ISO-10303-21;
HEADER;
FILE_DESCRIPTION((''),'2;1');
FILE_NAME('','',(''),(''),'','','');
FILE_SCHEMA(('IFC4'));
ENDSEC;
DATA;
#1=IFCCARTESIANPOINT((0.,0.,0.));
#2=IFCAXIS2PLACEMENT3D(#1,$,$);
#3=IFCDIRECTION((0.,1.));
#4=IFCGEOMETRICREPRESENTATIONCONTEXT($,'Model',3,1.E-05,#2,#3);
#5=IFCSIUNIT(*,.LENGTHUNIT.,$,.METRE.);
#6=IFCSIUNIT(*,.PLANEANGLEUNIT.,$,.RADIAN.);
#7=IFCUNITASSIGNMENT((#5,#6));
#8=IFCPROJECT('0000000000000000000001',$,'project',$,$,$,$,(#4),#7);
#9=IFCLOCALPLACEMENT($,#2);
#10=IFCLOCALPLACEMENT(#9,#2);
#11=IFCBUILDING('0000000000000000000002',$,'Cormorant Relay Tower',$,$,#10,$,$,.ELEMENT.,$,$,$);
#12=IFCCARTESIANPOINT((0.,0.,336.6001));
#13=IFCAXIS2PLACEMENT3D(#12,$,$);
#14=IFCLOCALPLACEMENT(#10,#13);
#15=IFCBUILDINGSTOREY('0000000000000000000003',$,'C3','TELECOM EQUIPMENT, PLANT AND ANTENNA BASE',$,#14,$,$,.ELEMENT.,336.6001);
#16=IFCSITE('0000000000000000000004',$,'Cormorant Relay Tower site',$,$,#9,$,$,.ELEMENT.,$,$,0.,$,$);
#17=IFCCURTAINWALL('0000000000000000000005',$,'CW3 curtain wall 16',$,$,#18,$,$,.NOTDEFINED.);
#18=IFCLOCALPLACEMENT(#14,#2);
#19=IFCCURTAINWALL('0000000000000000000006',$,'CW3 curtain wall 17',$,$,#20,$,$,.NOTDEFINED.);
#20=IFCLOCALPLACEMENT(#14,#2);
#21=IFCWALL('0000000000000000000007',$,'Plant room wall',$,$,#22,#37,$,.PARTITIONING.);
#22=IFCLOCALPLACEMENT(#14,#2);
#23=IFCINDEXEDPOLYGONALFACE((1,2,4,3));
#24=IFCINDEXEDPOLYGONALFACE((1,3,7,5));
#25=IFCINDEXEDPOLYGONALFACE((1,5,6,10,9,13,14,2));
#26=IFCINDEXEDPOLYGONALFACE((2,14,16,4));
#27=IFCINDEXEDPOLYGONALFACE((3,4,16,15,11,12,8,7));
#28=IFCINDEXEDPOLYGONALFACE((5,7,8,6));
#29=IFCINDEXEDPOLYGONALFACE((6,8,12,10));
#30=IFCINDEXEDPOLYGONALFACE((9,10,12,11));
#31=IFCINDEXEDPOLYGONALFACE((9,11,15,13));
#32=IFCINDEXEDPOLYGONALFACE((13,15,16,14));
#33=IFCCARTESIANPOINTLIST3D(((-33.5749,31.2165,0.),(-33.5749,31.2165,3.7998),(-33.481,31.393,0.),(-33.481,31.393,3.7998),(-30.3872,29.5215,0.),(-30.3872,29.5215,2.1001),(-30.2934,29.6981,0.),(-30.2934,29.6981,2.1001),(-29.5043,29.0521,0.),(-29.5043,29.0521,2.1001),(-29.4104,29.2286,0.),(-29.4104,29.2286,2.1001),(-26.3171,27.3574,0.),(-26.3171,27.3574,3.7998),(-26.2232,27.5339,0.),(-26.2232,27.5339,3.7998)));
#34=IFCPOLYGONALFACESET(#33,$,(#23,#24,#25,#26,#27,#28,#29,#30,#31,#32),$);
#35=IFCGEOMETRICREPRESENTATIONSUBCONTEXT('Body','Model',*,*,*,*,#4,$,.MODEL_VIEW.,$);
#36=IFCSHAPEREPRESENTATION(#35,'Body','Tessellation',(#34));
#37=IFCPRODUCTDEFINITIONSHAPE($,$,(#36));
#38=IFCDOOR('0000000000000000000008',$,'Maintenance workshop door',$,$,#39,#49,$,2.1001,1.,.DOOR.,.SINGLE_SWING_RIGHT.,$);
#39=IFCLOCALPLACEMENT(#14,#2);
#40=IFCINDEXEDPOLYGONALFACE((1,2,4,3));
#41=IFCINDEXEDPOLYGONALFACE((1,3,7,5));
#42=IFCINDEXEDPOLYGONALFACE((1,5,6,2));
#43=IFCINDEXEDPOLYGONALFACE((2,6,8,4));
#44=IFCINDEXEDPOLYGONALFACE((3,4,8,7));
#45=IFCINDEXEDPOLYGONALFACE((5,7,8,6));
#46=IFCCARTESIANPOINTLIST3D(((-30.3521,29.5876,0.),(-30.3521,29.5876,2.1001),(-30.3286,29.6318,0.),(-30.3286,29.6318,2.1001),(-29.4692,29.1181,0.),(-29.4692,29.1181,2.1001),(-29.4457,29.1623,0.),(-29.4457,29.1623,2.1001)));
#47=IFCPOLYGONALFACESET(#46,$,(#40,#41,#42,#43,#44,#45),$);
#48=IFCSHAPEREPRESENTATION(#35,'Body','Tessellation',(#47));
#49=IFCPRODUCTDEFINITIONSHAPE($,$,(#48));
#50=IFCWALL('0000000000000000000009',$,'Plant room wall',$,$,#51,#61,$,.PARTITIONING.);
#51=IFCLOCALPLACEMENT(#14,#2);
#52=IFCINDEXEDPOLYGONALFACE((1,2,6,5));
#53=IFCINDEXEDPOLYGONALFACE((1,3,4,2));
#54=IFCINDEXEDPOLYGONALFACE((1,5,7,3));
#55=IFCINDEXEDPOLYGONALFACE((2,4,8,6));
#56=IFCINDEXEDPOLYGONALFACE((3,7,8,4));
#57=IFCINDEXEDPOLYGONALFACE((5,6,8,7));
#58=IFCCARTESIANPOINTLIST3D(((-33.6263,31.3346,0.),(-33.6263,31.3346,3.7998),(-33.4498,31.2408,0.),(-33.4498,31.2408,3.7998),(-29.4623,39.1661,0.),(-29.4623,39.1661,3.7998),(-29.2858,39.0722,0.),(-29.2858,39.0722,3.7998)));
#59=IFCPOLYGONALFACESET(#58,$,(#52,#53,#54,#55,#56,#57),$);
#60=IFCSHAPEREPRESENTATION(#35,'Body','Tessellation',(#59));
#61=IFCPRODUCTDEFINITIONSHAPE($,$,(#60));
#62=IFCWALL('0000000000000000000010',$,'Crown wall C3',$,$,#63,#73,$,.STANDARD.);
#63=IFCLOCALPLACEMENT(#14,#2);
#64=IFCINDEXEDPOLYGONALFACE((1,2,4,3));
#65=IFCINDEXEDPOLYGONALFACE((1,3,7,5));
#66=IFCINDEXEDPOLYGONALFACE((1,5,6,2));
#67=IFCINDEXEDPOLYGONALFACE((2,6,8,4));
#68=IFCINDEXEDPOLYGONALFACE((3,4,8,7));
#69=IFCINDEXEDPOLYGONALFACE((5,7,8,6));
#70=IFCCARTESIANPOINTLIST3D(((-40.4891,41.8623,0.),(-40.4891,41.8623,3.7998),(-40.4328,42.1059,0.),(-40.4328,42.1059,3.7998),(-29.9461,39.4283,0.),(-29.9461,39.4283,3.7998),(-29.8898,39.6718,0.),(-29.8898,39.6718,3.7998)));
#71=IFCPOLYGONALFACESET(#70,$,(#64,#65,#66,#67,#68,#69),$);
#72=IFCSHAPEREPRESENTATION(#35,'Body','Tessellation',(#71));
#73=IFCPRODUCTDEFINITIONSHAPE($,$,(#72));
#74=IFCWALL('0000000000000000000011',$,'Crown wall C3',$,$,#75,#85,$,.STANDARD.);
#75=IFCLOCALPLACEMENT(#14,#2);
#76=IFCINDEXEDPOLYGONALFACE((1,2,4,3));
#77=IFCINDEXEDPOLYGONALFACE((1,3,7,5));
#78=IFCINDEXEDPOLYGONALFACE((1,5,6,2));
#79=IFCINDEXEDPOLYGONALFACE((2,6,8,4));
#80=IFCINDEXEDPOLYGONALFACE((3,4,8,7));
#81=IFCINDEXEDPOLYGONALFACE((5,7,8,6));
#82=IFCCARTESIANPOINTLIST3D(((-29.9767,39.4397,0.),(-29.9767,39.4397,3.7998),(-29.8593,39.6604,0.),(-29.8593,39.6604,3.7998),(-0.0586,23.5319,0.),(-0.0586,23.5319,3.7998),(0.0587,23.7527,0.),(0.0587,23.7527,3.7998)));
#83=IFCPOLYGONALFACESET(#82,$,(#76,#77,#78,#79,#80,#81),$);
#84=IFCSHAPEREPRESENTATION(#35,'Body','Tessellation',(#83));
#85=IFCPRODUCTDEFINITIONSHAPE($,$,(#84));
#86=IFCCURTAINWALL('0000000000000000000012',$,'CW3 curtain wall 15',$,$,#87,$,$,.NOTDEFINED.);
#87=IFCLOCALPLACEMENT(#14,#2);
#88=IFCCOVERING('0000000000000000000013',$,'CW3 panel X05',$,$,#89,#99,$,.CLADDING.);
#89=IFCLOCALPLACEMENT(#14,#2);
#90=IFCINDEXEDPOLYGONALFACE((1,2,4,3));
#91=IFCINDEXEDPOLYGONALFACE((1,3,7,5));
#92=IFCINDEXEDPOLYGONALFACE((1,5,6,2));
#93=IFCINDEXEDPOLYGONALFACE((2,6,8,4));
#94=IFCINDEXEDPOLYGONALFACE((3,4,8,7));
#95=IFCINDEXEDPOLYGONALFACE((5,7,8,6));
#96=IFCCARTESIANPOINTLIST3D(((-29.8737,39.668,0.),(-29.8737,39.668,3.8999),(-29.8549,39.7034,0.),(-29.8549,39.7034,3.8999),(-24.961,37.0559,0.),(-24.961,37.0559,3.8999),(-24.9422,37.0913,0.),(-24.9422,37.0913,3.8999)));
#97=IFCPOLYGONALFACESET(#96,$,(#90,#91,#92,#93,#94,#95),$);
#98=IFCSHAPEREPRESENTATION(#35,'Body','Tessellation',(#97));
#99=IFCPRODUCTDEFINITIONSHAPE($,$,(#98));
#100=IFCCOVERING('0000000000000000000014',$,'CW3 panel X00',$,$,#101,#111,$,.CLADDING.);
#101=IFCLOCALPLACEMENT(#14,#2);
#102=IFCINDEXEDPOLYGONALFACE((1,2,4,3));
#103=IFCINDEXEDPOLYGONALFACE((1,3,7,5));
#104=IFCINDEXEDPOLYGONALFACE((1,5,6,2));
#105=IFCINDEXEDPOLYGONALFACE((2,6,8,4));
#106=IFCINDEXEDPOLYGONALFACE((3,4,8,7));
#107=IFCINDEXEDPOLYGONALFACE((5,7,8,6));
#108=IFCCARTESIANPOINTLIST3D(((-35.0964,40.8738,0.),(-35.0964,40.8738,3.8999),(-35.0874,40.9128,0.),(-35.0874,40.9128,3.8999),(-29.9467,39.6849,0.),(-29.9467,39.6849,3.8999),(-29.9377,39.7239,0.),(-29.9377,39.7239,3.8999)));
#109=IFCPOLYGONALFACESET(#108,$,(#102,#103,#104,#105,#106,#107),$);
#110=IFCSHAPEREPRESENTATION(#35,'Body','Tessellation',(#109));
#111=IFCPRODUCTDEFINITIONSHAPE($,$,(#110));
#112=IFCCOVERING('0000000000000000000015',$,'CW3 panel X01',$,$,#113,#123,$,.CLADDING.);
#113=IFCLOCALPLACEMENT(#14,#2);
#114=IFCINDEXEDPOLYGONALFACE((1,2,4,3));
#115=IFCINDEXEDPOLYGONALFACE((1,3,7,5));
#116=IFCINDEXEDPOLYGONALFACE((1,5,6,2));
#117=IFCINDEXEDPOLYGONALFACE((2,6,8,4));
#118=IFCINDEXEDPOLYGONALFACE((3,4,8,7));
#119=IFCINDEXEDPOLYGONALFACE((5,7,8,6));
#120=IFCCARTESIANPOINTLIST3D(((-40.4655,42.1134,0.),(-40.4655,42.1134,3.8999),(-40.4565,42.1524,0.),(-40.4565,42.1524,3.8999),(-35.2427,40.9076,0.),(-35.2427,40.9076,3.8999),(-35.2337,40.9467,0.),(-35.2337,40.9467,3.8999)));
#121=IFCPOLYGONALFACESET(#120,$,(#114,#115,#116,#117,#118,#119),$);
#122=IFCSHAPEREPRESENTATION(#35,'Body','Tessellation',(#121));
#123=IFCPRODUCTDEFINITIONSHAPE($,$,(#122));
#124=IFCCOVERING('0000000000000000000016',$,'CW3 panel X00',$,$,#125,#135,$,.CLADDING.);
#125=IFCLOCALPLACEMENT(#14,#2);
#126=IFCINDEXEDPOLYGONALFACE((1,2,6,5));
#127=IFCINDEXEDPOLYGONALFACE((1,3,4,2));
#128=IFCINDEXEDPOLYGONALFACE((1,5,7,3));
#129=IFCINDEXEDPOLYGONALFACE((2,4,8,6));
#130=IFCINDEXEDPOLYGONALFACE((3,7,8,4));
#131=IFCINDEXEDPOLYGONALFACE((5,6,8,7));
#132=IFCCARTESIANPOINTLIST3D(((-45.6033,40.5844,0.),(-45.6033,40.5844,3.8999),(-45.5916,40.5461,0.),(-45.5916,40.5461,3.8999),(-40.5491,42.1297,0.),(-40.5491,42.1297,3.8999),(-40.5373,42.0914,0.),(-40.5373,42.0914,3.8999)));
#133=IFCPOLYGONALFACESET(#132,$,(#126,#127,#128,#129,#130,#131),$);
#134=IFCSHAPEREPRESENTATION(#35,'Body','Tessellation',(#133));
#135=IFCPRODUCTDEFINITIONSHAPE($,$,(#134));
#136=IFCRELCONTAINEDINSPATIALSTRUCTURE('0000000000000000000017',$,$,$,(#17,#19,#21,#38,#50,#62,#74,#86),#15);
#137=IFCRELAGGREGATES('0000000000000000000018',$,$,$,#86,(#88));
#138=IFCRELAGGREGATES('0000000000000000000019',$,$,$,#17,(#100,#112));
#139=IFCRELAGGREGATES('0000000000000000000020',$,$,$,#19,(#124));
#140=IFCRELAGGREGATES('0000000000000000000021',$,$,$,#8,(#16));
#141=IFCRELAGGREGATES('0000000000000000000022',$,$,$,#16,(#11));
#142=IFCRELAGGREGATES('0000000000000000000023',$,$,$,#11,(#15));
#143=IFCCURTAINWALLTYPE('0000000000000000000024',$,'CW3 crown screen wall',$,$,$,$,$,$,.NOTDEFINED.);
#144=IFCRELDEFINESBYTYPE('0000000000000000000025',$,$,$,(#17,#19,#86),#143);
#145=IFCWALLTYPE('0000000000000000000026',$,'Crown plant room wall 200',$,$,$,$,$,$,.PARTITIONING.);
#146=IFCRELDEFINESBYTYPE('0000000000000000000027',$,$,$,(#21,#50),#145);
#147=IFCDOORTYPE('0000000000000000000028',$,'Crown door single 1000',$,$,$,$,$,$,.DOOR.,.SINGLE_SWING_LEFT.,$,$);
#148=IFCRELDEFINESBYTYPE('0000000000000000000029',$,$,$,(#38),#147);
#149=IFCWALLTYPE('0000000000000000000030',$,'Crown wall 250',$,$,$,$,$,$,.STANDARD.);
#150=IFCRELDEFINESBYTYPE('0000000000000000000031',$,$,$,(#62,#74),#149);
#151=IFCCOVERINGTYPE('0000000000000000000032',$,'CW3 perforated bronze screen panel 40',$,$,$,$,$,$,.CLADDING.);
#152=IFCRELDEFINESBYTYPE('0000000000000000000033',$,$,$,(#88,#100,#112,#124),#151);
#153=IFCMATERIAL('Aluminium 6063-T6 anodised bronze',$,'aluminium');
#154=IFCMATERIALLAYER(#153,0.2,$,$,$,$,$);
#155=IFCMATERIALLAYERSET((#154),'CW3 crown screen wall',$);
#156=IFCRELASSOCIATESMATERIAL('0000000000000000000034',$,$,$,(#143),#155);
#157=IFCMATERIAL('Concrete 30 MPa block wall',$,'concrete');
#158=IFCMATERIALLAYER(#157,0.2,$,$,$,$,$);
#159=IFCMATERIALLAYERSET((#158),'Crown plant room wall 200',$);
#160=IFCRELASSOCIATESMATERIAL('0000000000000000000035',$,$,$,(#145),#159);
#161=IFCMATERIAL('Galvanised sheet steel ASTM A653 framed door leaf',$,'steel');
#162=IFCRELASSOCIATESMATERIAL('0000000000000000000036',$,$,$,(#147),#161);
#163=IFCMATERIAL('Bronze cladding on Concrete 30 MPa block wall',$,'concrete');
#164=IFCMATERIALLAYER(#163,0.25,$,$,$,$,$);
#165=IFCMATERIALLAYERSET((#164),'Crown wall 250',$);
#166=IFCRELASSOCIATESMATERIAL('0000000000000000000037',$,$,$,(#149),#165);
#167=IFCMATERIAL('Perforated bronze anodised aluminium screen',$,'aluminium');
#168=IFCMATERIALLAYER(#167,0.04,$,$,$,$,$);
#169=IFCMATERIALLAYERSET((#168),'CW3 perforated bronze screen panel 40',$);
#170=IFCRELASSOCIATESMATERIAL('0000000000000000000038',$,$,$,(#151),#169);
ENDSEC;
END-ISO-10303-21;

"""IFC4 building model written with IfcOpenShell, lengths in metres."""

from ifc_helpers import new_model, si_unit, direction, frame, frame_2d, origin, origin_2d, place, context, subcontext, project, spatial, rectangle, extrude, material, layer, layer_set, type_object, element, fill, aggregate, save


model = new_model("IFC4")

# Units and contexts
model_context = context("Model", 3, precision=1e-05, world=origin(), true_north=direction((0.0, 1.0)))
body_context = subcontext(model_context, "Body", "Model", "MODEL_VIEW")
ifc_project = project(units=[si_unit("LENGTHUNIT", "METRE"), si_unit("PLANEANGLEUNIT", "RADIAN")], contexts=[model_context])

# Site, building, storey
site_placement = place(None, origin())
site = spatial("IfcSite", under=ifc_project, at=site_placement, Name="Cormorant Relay Tower site", CompositionType="ELEMENT", RefElevation=0.0)
building_placement = place(site_placement, origin())
building = spatial("IfcBuilding", under=site, at=building_placement, Name="Cormorant Relay Tower", CompositionType="ELEMENT")
storey_placement = place(building_placement, frame((0.0, 0.0, 336.6001)))
storey = spatial("IfcBuildingStorey", under=building, at=storey_placement, Name="C3", Description="TELECOM EQUIPMENT, PLANT AND ANTENNA BASE", CompositionType="ELEMENT", Elevation=336.6001)

# Curtain walls
ifc_material_1 = material(Name="Aluminium 6063-T6 anodised bronze", Category="aluminium")
ifc_layer_1 = layer(ifc_material_1, 0.2)
ifc_layer_set_1 = layer_set([ifc_layer_1], Name="CW3 crown screen wall")
curtain_wall_type = type_object("IfcCurtainWallType", Name="CW3 crown screen wall", PredefinedType="NOTDEFINED", material=ifc_layer_set_1)
curtain_wall_1_placement = place(storey_placement, origin())
curtain_wall_1 = element("IfcCurtainWall", 1, at=curtain_wall_1_placement, inside=storey, type_object=curtain_wall_type, Name="CW3 curtain wall 16", PredefinedType="NOTDEFINED")
curtain_wall_2_placement = place(storey_placement, origin())
curtain_wall_2 = element("IfcCurtainWall", 2, at=curtain_wall_2_placement, inside=storey, type_object=curtain_wall_type, Name="CW3 curtain wall 17", PredefinedType="NOTDEFINED")

# Shared definitions
ifc_material_2 = material(Name="Concrete 30 MPa block wall", Category="concrete")
ifc_layer_2 = layer(ifc_material_2, 0.2)
ifc_layer_set_2 = layer_set([ifc_layer_2], Name="Crown plant room wall 200")
wall_type_1 = type_object("IfcWallType", Name="Crown plant room wall 200", PredefinedType="PARTITIONING", material=ifc_layer_set_2)

# Wall, opening, door
wall_1_placement = place(storey_placement, frame((-33.5278, 31.3047, 0.0), z_axis=(0.0, 0.0, 1.0), x_axis=(0.882943, -0.469479, 0.0)))
wall_1 = element("IfcWall", 3, at=wall_1_placement, inside=storey, type_object=wall_type_1, Name="Plant room wall", PredefinedType="PARTITIONING", context=body_context, shape_type="SweptSolid", body=[
    extrude(rectangle(XDim=8.22, YDim=0.2, at=frame_2d((4.1099, 0.0))), origin(), (0.0, 0.0, 1.0), 3.7998),
])
opening_placement = place(wall_1_placement, frame((3.6101, 0.0, 0.0)))
opening = element("IfcOpeningElement", 4, at=opening_placement, cuts=wall_1, PredefinedType="OPENING", context=body_context, shape_type="SweptSolid", body=[
    extrude(rectangle(XDim=1.0, YDim=2.1001, at=frame_2d((0.5, 1.05))), frame((0.0, 0.1099, 0.0), z_axis=(0.0, -1.0, 0.0), x_axis=(1.0, 0.0, 0.0)), (0.0, 0.0, 1.0), 0.22),
])
ifc_material_3 = material(Name="Galvanised sheet steel ASTM A653 framed door leaf", Category="steel")
door_type = type_object("IfcDoorType", Name="Crown door single 1000", OperationType="SINGLE_SWING_LEFT", PredefinedType="DOOR", material=ifc_material_3)
door_placement = place(opening_placement, origin())
door = element("IfcDoor", 5, at=door_placement, inside=storey, type_object=door_type, Name="Maintenance workshop door", OperationType="SINGLE_SWING_RIGHT", OverallHeight=2.1001, OverallWidth=1.0, PredefinedType="DOOR", context=body_context, shape_type="SweptSolid", body=[
    extrude(rectangle(XDim=1.0, YDim=2.1001, at=frame_2d((0.5, 1.05))), frame((0.0, 0.0249, 0.0), z_axis=(0.0, -1.0, 0.0), x_axis=(1.0, 0.0, 0.0)), (0.0, 0.0, 1.0), 0.05),
])
fill(opening, door)

# Walls
wall_2_placement = place(storey_placement, frame((-29.374, 39.1191, 0.0), z_axis=(0.0, 0.0, 1.0), x_axis=(-0.469468, -0.88295, 0.0)))
element("IfcWall", 6, at=wall_2_placement, inside=storey, type_object=wall_type_1, Name="Plant room wall", PredefinedType="PARTITIONING", context=body_context, shape_type="SweptSolid", body=[
    extrude(rectangle(XDim=8.8696, YDim=0.2, at=frame_2d((4.4348, 0.0))), origin(), (0.0, 0.0, 1.0), 3.7998),
])
ifc_material_4 = material(Name="Bronze cladding on Concrete 30 MPa block wall", Category="concrete")
ifc_layer_3 = layer(ifc_material_4, 0.25)
ifc_layer_set_3 = layer_set([ifc_layer_3], Name="Crown wall 250")
wall_type_2 = type_object("IfcWallType", Name="Crown wall 250", PredefinedType="STANDARD", material=ifc_layer_set_3)
wall_3_placement = place(storey_placement, frame((-40.4609, 41.9841, 0.0), z_axis=(0.0, 0.0, 1.0), x_axis=(0.974369, -0.224955, 0.0)))
element("IfcWall", 7, at=wall_3_placement, inside=storey, type_object=wall_type_2, Name="Crown wall C3", PredefinedType="STANDARD", context=body_context, shape_type="SweptSolid", body=[
    extrude(rectangle(XDim=10.8203, YDim=0.25, at=frame_2d((5.4102, 0.0))), origin(), (0.0, 0.0, 1.0), 3.7998),
])
wall_4_placement = place(storey_placement, frame((-29.918, 39.55, 0.0), z_axis=(0.0, 0.0, 1.0), x_axis=(0.882947, -0.469473, 0.0)))
element("IfcWall", 8, at=wall_4_placement, inside=storey, type_object=wall_type_2, Name="Crown wall C3", PredefinedType="STANDARD", context=body_context, shape_type="SweptSolid", body=[
    extrude(rectangle(XDim=33.8843, YDim=0.25, at=frame_2d((16.9421, 0.0))), origin(), (0.0, 0.0, 1.0), 3.7998),
])

# Curtain wall, covering
curtain_wall_3_placement = place(storey_placement, origin())
curtain_wall_3 = element("IfcCurtainWall", 9, at=curtain_wall_3_placement, inside=storey, type_object=curtain_wall_type, Name="CW3 curtain wall 15", PredefinedType="NOTDEFINED")
ifc_material_5 = material(Name="Perforated bronze anodised aluminium screen", Category="aluminium")
ifc_layer_4 = layer(ifc_material_5, 0.04)
ifc_layer_set_4 = layer_set([ifc_layer_4], Name="CW3 perforated bronze screen panel 40")
covering_type = type_object("IfcCoveringType", Name="CW3 perforated bronze screen panel 40", PredefinedType="CLADDING", material=ifc_layer_set_4)
covering_1_placement = place(storey_placement, frame((-27.408, 38.3796, 0.0), z_axis=(0.0, 0.0, 1.0), x_axis=(-0.882948, 0.469472, 0.0)))
covering_1 = element("IfcCovering", 10, at=covering_1_placement, type_object=covering_type, Name="CW3 panel X05", PredefinedType="CLADDING", context=body_context, shape_type="SweptSolid", body=[
    extrude(rectangle(XDim=5.564, YDim=0.04, at=origin_2d()), origin(), (0.0, 0.0, 1.0), 3.8999),
])
aggregate(curtain_wall_3, [covering_1])

# Coverings
covering_2_placement = place(storey_placement, frame((-32.5171, 40.2988, 0.0), z_axis=(0.0, 0.0, 1.0), x_axis=(-0.97437, 0.224951, 0.0)))
covering_2 = element("IfcCovering", 11, at=covering_2_placement, type_object=covering_type, Name="CW3 panel X00", PredefinedType="CLADDING", context=body_context, shape_type="SweptSolid", body=[
    extrude(rectangle(XDim=5.2852, YDim=0.04, at=origin_2d()), origin(), (0.0, 0.0, 1.0), 3.8999),
])
covering_3_placement = place(storey_placement, frame((-37.8496, 41.53, 0.0), z_axis=(0.0, 0.0, 1.0), x_axis=(-0.97437, 0.224951, 0.0)))
covering_3 = element("IfcCovering", 12, at=covering_3_placement, type_object=covering_type, Name="CW3 panel X01", PredefinedType="CLADDING", context=body_context, shape_type="SweptSolid", body=[
    extrude(rectangle(XDim=5.3601, YDim=0.04, at=origin_2d()), origin(), (0.0, 0.0, 1.0), 3.8999),
])
aggregate(curtain_wall_1, [covering_2, covering_3])
covering_4_placement = place(storey_placement, frame((-43.0703, 41.3379, 0.0), z_axis=(0.0, 0.0, 1.0), x_axis=(-0.956305, -0.292372, 0.0)))
covering_4 = element("IfcCovering", 13, at=covering_4_placement, type_object=covering_type, Name="CW3 panel X00", PredefinedType="CLADDING", context=body_context, shape_type="SweptSolid", body=[
    extrude(rectangle(XDim=5.2852, YDim=0.04, at=origin_2d()), origin(), (0.0, 0.0, 1.0), 3.8999),
])
aggregate(curtain_wall_2, [covering_4])

save(model, "model.ifc")
